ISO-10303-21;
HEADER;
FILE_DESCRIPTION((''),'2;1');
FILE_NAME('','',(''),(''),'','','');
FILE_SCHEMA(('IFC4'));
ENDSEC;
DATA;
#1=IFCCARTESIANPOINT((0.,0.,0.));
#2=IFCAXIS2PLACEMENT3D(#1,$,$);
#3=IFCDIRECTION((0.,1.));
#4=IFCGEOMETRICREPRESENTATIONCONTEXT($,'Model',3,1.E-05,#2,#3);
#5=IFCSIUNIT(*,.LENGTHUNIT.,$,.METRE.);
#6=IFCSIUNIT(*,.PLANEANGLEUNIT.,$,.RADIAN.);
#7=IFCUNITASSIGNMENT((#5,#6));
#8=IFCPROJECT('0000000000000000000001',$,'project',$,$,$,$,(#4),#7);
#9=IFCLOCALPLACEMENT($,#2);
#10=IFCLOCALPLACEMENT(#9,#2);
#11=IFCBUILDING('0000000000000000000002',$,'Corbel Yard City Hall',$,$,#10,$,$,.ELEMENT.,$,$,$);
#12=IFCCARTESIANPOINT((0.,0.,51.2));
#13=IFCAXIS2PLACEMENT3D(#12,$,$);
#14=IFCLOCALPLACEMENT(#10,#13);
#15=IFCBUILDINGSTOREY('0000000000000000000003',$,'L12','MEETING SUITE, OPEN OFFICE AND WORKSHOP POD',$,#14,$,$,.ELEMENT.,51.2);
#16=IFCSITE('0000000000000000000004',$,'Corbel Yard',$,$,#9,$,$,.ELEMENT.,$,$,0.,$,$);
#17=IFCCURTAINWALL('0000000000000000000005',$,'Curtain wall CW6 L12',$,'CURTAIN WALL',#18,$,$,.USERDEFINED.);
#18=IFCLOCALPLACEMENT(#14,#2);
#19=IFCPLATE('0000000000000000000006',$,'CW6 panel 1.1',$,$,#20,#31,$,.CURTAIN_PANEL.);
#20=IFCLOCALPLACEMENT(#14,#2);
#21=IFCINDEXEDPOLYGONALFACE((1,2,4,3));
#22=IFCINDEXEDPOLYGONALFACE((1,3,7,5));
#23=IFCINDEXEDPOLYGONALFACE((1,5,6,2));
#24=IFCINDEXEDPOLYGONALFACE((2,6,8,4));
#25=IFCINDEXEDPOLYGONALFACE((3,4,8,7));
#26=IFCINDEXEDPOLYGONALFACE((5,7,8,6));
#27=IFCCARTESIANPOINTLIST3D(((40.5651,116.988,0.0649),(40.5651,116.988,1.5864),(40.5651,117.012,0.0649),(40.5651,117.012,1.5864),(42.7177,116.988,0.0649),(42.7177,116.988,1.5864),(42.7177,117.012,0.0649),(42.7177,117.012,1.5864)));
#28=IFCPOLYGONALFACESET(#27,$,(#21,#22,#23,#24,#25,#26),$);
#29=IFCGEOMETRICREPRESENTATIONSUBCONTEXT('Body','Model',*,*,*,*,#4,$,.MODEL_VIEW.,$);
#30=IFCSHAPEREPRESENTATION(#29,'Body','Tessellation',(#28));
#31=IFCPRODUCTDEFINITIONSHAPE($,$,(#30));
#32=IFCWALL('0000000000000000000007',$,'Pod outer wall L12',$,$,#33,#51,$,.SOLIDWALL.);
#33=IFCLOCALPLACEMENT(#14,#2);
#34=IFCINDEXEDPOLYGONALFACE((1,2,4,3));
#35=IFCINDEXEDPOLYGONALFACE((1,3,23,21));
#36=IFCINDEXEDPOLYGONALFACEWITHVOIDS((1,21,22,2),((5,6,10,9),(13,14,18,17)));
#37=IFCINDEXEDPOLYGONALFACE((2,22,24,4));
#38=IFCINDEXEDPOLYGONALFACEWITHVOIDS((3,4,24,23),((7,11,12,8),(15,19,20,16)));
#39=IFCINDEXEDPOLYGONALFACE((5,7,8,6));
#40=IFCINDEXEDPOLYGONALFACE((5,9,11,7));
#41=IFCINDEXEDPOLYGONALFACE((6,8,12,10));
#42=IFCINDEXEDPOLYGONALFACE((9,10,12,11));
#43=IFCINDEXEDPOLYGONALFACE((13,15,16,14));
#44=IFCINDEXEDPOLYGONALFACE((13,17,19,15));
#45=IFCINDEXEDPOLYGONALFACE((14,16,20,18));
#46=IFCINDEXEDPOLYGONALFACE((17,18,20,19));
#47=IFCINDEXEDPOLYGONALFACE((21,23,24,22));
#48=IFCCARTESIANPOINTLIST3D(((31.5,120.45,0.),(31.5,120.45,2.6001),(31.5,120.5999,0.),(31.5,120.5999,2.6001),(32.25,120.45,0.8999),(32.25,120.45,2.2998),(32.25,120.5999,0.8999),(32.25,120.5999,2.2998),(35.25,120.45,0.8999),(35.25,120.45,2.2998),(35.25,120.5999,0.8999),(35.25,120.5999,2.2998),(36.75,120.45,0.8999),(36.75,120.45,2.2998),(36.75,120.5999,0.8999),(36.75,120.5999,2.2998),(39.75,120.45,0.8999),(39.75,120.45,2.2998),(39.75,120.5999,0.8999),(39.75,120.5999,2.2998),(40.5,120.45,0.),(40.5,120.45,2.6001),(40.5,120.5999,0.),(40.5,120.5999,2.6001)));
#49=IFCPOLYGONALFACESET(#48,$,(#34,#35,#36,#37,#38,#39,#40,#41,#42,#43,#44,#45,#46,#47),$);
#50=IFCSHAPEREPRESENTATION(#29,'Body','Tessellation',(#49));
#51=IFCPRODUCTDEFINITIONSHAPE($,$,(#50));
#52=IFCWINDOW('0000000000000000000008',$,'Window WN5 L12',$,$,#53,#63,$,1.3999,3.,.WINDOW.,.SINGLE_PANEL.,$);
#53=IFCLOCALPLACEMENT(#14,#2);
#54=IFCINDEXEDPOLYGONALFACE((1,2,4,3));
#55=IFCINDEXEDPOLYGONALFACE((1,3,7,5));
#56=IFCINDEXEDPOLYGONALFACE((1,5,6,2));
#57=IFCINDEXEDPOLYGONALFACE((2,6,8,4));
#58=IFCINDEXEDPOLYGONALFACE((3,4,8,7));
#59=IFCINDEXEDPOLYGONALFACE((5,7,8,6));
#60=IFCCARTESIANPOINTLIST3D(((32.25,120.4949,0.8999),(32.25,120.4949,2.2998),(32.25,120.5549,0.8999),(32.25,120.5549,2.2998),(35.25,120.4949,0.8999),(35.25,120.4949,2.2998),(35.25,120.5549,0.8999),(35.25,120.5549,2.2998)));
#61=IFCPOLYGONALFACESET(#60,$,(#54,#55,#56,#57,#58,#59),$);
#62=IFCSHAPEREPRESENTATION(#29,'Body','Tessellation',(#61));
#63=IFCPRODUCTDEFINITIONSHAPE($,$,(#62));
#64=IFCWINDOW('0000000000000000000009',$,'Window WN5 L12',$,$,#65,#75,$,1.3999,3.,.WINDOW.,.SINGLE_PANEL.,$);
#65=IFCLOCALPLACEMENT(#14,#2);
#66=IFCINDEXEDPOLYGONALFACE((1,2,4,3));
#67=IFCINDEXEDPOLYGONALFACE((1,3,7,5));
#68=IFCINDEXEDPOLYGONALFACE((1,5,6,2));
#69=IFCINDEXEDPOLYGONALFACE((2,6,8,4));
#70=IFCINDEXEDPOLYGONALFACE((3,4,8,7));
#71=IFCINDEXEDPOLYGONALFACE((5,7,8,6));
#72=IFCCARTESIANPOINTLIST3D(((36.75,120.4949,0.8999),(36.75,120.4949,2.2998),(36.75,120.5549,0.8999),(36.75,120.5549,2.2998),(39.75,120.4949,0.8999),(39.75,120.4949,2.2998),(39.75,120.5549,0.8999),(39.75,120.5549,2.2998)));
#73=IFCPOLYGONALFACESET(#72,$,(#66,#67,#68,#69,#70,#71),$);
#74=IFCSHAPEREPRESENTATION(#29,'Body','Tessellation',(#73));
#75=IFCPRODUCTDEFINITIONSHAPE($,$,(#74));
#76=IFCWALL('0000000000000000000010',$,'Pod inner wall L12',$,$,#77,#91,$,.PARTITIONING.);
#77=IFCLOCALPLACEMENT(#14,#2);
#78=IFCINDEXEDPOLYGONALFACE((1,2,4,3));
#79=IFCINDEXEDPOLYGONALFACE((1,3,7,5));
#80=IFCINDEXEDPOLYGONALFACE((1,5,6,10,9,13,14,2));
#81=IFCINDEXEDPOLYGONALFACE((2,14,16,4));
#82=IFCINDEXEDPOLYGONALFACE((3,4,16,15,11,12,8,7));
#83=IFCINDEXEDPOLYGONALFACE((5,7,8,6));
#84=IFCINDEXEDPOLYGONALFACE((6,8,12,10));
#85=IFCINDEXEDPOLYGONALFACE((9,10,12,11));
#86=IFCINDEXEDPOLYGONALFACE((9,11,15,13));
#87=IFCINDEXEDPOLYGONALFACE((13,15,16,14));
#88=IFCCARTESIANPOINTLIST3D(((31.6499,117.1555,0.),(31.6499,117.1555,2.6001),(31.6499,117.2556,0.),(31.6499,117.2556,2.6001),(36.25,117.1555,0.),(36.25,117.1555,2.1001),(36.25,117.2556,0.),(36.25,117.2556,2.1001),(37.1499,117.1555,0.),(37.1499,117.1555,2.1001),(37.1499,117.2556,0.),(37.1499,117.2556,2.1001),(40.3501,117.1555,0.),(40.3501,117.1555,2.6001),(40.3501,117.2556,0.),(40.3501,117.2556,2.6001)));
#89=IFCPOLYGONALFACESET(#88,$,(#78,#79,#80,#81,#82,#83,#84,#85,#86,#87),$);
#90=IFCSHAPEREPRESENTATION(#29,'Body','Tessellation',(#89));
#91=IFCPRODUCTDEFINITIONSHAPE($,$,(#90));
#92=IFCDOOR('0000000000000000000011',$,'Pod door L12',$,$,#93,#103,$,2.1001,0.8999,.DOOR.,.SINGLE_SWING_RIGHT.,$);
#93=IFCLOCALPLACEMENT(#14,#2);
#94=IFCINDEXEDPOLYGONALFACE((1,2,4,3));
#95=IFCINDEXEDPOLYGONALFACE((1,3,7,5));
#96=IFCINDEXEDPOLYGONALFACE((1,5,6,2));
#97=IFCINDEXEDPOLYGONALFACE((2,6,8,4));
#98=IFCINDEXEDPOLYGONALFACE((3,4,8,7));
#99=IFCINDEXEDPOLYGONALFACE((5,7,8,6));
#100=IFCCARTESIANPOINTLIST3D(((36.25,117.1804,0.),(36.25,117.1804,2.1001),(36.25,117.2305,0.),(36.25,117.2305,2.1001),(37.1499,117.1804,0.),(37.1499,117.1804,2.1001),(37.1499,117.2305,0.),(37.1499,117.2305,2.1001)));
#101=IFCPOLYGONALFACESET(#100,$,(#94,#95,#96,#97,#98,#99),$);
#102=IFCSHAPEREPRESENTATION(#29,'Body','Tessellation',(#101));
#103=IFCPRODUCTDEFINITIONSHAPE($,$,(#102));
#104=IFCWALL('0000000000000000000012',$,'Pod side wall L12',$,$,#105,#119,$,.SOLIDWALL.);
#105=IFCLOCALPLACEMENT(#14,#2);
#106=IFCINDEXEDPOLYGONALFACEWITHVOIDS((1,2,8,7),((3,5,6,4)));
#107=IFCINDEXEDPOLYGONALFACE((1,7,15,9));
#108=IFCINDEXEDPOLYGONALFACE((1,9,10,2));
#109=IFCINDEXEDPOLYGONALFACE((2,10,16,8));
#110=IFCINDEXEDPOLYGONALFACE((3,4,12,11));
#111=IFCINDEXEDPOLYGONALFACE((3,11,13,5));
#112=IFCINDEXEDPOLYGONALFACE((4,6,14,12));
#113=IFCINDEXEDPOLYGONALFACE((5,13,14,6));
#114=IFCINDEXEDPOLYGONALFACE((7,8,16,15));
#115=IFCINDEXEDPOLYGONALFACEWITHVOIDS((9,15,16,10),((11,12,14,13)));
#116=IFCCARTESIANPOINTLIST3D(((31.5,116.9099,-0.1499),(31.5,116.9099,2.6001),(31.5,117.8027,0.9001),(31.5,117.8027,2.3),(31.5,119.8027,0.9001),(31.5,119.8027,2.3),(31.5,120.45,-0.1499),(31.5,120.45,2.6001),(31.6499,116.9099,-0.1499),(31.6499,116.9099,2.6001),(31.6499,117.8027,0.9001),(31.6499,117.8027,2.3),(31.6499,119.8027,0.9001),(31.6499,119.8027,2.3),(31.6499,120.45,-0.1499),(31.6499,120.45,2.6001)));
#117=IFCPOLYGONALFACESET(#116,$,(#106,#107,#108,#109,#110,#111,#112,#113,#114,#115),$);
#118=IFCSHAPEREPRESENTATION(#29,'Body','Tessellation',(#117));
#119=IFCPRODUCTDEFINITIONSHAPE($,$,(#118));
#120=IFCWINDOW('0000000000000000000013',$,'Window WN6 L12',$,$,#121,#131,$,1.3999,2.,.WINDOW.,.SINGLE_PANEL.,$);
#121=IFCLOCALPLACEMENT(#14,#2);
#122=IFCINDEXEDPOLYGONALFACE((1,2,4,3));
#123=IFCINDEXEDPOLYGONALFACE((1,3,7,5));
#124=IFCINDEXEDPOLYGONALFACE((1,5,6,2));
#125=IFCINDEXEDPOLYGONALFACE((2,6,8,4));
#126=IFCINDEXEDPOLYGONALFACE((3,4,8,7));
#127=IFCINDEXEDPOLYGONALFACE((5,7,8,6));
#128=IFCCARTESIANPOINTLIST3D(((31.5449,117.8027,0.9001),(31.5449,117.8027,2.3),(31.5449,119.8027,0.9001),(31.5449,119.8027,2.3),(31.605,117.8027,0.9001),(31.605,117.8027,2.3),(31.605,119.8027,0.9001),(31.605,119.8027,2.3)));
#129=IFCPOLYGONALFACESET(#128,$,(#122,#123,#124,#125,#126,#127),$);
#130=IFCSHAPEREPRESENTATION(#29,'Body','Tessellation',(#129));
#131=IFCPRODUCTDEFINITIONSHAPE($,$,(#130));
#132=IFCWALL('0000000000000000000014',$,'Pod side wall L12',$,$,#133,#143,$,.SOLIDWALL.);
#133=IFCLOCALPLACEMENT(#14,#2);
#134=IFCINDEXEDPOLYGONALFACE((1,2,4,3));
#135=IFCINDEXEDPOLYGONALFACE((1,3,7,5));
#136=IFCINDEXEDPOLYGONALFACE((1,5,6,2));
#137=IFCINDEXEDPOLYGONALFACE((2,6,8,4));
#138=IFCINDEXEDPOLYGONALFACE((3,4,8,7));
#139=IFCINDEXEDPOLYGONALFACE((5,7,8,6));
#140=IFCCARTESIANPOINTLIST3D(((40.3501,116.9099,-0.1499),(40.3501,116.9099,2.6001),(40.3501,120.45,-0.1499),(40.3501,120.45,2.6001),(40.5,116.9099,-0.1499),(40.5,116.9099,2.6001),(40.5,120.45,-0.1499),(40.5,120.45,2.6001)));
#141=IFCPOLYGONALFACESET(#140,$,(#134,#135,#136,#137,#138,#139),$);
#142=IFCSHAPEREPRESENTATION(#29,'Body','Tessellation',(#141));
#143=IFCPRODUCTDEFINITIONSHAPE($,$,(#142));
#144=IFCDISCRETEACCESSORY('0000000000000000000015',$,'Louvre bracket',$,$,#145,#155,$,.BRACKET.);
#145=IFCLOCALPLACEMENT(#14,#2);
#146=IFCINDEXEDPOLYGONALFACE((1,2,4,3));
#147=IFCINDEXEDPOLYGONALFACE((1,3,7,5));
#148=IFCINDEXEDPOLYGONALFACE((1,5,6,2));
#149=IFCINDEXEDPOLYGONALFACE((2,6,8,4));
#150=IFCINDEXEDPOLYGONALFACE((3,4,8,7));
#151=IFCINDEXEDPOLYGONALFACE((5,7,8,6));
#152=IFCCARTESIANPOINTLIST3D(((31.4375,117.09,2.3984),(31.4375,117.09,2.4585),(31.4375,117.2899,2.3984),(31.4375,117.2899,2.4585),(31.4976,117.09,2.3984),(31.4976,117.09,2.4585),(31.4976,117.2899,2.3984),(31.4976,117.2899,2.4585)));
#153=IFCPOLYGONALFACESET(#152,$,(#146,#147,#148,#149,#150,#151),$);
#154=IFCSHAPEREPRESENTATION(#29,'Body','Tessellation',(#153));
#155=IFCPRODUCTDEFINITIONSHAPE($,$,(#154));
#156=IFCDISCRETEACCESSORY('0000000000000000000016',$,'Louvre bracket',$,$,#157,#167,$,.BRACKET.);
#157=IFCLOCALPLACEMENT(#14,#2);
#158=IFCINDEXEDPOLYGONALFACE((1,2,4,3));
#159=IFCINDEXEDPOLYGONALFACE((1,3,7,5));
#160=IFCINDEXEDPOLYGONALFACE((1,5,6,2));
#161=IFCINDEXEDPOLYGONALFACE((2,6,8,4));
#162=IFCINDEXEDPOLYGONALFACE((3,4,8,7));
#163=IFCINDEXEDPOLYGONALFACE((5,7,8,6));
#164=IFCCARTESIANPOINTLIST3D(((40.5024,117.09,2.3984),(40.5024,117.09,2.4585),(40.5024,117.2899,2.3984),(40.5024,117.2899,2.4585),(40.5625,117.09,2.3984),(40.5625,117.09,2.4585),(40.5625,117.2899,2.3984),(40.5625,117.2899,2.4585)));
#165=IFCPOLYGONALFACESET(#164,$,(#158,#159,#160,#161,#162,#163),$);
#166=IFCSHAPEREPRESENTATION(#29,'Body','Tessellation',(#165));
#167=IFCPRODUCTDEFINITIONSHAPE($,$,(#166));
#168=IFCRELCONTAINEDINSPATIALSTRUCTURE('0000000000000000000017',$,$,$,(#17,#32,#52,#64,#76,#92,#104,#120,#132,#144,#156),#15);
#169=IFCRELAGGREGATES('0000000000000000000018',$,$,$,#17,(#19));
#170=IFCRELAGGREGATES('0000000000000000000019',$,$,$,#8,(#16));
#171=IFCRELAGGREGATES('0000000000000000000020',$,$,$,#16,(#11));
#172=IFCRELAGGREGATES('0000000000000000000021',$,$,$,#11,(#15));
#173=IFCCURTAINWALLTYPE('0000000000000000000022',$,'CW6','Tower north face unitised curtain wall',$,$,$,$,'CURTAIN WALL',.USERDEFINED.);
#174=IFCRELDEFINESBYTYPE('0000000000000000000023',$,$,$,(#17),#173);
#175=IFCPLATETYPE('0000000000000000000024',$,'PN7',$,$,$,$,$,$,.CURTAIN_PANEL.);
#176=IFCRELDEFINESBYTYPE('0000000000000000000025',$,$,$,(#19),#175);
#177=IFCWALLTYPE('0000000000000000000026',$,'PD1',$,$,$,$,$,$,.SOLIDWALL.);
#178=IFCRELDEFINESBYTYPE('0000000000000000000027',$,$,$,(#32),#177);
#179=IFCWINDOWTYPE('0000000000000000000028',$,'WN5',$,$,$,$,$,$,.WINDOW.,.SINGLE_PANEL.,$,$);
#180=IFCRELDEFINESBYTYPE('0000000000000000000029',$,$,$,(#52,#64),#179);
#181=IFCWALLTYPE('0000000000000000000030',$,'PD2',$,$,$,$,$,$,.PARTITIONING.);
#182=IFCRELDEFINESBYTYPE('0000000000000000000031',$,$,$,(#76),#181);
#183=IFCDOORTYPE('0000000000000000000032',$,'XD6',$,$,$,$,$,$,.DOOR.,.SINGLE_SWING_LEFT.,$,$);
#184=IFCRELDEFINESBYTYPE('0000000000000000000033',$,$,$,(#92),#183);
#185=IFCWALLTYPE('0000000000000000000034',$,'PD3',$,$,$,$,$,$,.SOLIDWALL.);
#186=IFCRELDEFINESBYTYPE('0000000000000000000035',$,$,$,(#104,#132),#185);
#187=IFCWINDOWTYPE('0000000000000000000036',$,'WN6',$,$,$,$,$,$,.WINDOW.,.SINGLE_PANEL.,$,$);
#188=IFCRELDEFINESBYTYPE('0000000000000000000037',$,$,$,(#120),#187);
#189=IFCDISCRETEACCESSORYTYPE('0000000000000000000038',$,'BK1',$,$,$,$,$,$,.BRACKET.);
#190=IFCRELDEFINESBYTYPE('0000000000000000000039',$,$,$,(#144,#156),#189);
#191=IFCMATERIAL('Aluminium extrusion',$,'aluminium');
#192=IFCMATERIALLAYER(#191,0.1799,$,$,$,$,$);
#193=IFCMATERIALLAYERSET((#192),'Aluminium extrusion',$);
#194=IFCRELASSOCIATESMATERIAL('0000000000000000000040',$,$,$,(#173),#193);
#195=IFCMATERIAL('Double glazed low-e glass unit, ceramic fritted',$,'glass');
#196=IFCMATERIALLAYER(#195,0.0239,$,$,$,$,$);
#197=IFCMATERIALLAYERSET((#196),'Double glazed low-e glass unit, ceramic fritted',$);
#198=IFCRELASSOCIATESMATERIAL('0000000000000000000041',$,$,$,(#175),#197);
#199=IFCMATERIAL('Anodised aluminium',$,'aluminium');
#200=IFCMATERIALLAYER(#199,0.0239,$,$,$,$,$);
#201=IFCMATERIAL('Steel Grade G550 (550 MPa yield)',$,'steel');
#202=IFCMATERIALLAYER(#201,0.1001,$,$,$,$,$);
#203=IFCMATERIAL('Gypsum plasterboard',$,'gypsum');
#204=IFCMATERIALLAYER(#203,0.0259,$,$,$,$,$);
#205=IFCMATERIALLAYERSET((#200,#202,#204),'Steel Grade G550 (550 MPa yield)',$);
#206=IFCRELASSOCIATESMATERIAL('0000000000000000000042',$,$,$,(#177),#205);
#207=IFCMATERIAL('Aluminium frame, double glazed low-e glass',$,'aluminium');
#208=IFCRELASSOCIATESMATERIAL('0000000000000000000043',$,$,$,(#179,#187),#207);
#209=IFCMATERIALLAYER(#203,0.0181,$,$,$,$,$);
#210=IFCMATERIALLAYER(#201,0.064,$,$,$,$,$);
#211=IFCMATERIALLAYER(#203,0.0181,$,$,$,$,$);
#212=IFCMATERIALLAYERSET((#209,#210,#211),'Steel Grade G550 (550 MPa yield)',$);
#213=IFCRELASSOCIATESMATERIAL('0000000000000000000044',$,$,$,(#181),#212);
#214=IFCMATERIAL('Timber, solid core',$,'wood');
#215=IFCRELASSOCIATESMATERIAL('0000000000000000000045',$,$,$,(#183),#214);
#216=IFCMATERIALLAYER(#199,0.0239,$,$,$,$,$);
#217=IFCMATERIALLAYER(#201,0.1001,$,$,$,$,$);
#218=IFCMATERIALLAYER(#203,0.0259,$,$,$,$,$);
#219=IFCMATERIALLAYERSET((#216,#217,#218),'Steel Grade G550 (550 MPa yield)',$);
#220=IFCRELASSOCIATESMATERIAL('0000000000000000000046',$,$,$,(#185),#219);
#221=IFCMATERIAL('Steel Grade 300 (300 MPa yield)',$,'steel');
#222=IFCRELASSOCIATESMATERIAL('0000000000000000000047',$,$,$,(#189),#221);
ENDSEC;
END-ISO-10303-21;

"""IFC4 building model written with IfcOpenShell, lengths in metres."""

from ifc_helpers import new_model, si_unit, direction, frame, frame_2d, origin, origin_2d, place, context, subcontext, project, spatial, rectangle, extrude, material, layer, layer_set, type_object, element, fill, aggregate, save


model = new_model("IFC4")

# Units and contexts
model_context = context("Model", 3, precision=1e-05, world=origin(), true_north=direction((0.0, 1.0)))
body_context = subcontext(model_context, "Body", "Model", "MODEL_VIEW")
ifc_project = project(units=[si_unit("LENGTHUNIT", "METRE"), si_unit("PLANEANGLEUNIT", "RADIAN")], contexts=[model_context])

# Site, building, storey
site_placement = place(None, origin())
site = spatial("IfcSite", under=ifc_project, at=site_placement, Name="Corbel Yard", CompositionType="ELEMENT", RefElevation=0.0)
building_placement = place(site_placement, origin())
building = spatial("IfcBuilding", under=site, at=building_placement, Name="Corbel Yard City Hall", CompositionType="ELEMENT")
storey_placement = place(building_placement, frame((0.0, 0.0, 51.2)))
storey = spatial("IfcBuildingStorey", under=building, at=storey_placement, Name="L12", Description="MEETING SUITE, OPEN OFFICE AND WORKSHOP POD", CompositionType="ELEMENT", Elevation=51.2)

# Curtain wall
ifc_material_1 = material(Name="Aluminium extrusion", Category="aluminium")
ifc_layer_1 = layer(ifc_material_1, 0.1799)
ifc_layer_set_1 = layer_set([ifc_layer_1], Name="Aluminium extrusion")
curtain_wall_type = type_object("IfcCurtainWallType", Name="CW6", Description="Tower north face unitised curtain wall", ElementType="CURTAIN WALL", PredefinedType="USERDEFINED", material=ifc_layer_set_1)
curtain_wall_placement = place(storey_placement, origin())
curtain_wall = element("IfcCurtainWall", 1, at=curtain_wall_placement, inside=storey, type_object=curtain_wall_type, Name="Curtain wall CW6 L12", ObjectType="CURTAIN WALL", PredefinedType="USERDEFINED")

# Shared definitions
ifc_material_2 = material(Name="Steel Grade 300 (300 MPa yield)", Category="steel")

# Plate
ifc_material_3 = material(Name="Double glazed low-e glass unit, ceramic fritted", Category="glass")
ifc_layer_2 = layer(ifc_material_3, 0.0239)
ifc_layer_set_2 = layer_set([ifc_layer_2], Name="Double glazed low-e glass unit, ceramic fritted")
plate_type = type_object("IfcPlateType", Name="PN7", PredefinedType="CURTAIN_PANEL", material=ifc_layer_set_2)
plate_placement = place(storey_placement, frame((41.6414, 117.0, 0.0649), z_axis=(0.0, 0.0, 1.0), x_axis=(1.0, 0.0, 0.0)))
plate = element("IfcPlate", 2, at=plate_placement, type_object=plate_type, Name="CW6 panel 1.1", PredefinedType="CURTAIN_PANEL", context=body_context, shape_type="SweptSolid", body=[
    extrude(rectangle(XDim=2.1526, YDim=0.0239, at=origin_2d()), origin(), (0.0, 0.0, 1.0), 1.5215),
])
aggregate(curtain_wall, [plate])

# Wall, openings, windows
ifc_material_4 = material(Name="Anodised aluminium", Category="aluminium")
ifc_layer_3 = layer(ifc_material_4, 0.0239)
ifc_material_5 = material(Name="Steel Grade G550 (550 MPa yield)", Category="steel")
ifc_layer_4 = layer(ifc_material_5, 0.1001)
ifc_material_6 = material(Name="Gypsum plasterboard", Category="gypsum")
ifc_layer_5 = layer(ifc_material_6, 0.0259)
ifc_layer_set_3 = layer_set([ifc_layer_3, ifc_layer_4, ifc_layer_5], Name="Steel Grade G550 (550 MPa yield)")
wall_type_1 = type_object("IfcWallType", Name="PD1", PredefinedType="SOLIDWALL", material=ifc_layer_set_3)
wall_1_placement = place(storey_placement, frame((31.5, 120.5249, 0.0), z_axis=(0.0, 0.0, 1.0), x_axis=(1.0, 0.0, 0.0)))
wall_1 = element("IfcWall", 3, at=wall_1_placement, inside=storey, type_object=wall_type_1, Name="Pod outer wall L12", PredefinedType="SOLIDWALL", context=body_context, shape_type="SweptSolid", body=[
    extrude(rectangle(XDim=9.0, YDim=0.1499, at=frame_2d((4.5, 0.0))), origin(), (0.0, 0.0, 1.0), 2.6001),
])
opening_1_placement = place(wall_1_placement, frame((0.75, 0.0, 0.8999)))
opening_1 = element("IfcOpeningElement", 4, at=opening_1_placement, cuts=wall_1, PredefinedType="OPENING", context=body_context, shape_type="SweptSolid", body=[
    extrude(rectangle(XDim=3.0, YDim=1.3999, at=frame_2d((1.5, 0.7))), frame((0.0, 0.085, 0.0), z_axis=(0.0, -1.0, 0.0), x_axis=(1.0, 0.0, 0.0)), (0.0, 0.0, 1.0), 0.1699),
])
opening_2_placement = place(wall_1_placement, frame((5.25, 0.0, 0.8999)))
opening_2 = element("IfcOpeningElement", 5, at=opening_2_placement, cuts=wall_1, PredefinedType="OPENING", context=body_context, shape_type="SweptSolid", body=[
    extrude(rectangle(XDim=3.0, YDim=1.3999, at=frame_2d((1.5, 0.7))), frame((0.0, 0.085, 0.0), z_axis=(0.0, -1.0, 0.0), x_axis=(1.0, 0.0, 0.0)), (0.0, 0.0, 1.0), 0.1699),
])
ifc_material_7 = material(Name="Aluminium frame, double glazed low-e glass", Category="aluminium")
window_type_1 = type_object("IfcWindowType", Name="WN5", PartitioningType="SINGLE_PANEL", PredefinedType="WINDOW", material=ifc_material_7)
window_1_placement = place(opening_1_placement, origin())
window_1 = element("IfcWindow", 6, at=window_1_placement, inside=storey, type_object=window_type_1, Name="Window WN5 L12", OverallHeight=1.3999, OverallWidth=3.0, PartitioningType="SINGLE_PANEL", PredefinedType="WINDOW", context=body_context, shape_type="SweptSolid", body=[
    extrude(rectangle(XDim=3.0, YDim=1.3999, at=frame_2d((1.5, 0.7))), frame((0.0, 0.03, 0.0), z_axis=(0.0, -1.0, 0.0), x_axis=(1.0, 0.0, 0.0)), (0.0, 0.0, 1.0), 0.0601),
])
fill(opening_1, window_1)
window_2_placement = place(opening_2_placement, origin())
window_2 = element("IfcWindow", 7, at=window_2_placement, inside=storey, type_object=window_type_1, Name="Window WN5 L12", OverallHeight=1.3999, OverallWidth=3.0, PartitioningType="SINGLE_PANEL", PredefinedType="WINDOW", context=body_context, shape_type="SweptSolid", body=[
    extrude(rectangle(XDim=3.0, YDim=1.3999, at=frame_2d((1.5, 0.7))), frame((0.0, 0.03, 0.0), z_axis=(0.0, -1.0, 0.0), x_axis=(1.0, 0.0, 0.0)), (0.0, 0.0, 1.0), 0.0601),
])
fill(opening_2, window_2)

# Wall, opening, door
ifc_layer_6 = layer(ifc_material_6, 0.0181)
ifc_layer_7 = layer(ifc_material_5, 0.064)
ifc_layer_8 = layer(ifc_material_6, 0.0181)
ifc_layer_set_4 = layer_set([ifc_layer_6, ifc_layer_7, ifc_layer_8], Name="Steel Grade G550 (550 MPa yield)")
wall_type_2 = type_object("IfcWallType", Name="PD2", PredefinedType="PARTITIONING", material=ifc_layer_set_4)
wall_2_placement = place(storey_placement, frame((31.6499, 117.2056, 0.0), z_axis=(0.0, 0.0, 1.0), x_axis=(1.0, 0.0, 0.0)))
wall_2 = element("IfcWall", 8, at=wall_2_placement, inside=storey, type_object=wall_type_2, Name="Pod inner wall L12", PredefinedType="PARTITIONING", context=body_context, shape_type="SweptSolid", body=[
    extrude(rectangle(XDim=8.7002, YDim=0.1001, at=frame_2d((4.3501, 0.0))), origin(), (0.0, 0.0, 1.0), 2.6001),
])
opening_3_placement = place(wall_2_placement, frame((4.6001, 0.0, 0.0)))
opening_3 = element("IfcOpeningElement", 9, at=opening_3_placement, cuts=wall_2, PredefinedType="OPENING", context=body_context, shape_type="SweptSolid", body=[
    extrude(rectangle(XDim=0.8999, YDim=2.1001, at=frame_2d((0.45, 1.05))), frame((0.0, 0.0601, 0.0), z_axis=(0.0, -1.0, 0.0), x_axis=(1.0, 0.0, 0.0)), (0.0, 0.0, 1.0), 0.1201),
])
ifc_material_8 = material(Name="Timber, solid core", Category="wood")
door_type = type_object("IfcDoorType", Name="XD6", OperationType="SINGLE_SWING_LEFT", PredefinedType="DOOR", material=ifc_material_8)
door_placement = place(opening_3_placement, origin())
door = element("IfcDoor", 10, at=door_placement, inside=storey, type_object=door_type, Name="Pod door L12", OperationType="SINGLE_SWING_RIGHT", OverallHeight=2.1001, OverallWidth=0.8999, PredefinedType="DOOR", context=body_context, shape_type="SweptSolid", body=[
    extrude(rectangle(XDim=0.8999, YDim=2.1001, at=frame_2d((0.45, 1.05))), frame((0.0, 0.0249, 0.0), z_axis=(0.0, -1.0, 0.0), x_axis=(1.0, 0.0, 0.0)), (0.0, 0.0, 1.0), 0.05),
])
fill(opening_3, door)

# Wall, opening, window
ifc_layer_9 = layer(ifc_material_4, 0.0239)
ifc_layer_10 = layer(ifc_material_5, 0.1001)
ifc_layer_11 = layer(ifc_material_6, 0.0259)
ifc_layer_set_5 = layer_set([ifc_layer_9, ifc_layer_10, ifc_layer_11], Name="Steel Grade G550 (550 MPa yield)")
wall_type_3 = type_object("IfcWallType", Name="PD3", PredefinedType="SOLIDWALL", material=ifc_layer_set_5)
wall_3_placement = place(storey_placement, frame((31.575, 120.45, -0.1499), z_axis=(0.0, 0.0, 1.0), x_axis=(0.0, -1.0, 0.0)))
wall_3 = element("IfcWall", 11, at=wall_3_placement, inside=storey, type_object=wall_type_3, Name="Pod side wall L12", PredefinedType="SOLIDWALL", context=body_context, shape_type="SweptSolid", body=[
    extrude(rectangle(XDim=3.54, YDim=0.1499, at=frame_2d((1.77, 0.0))), origin(), (0.0, 0.0, 1.0), 2.75),
])
opening_4_placement = place(wall_3_placement, frame((0.6472, 0.0, 1.05)))
opening_4 = element("IfcOpeningElement", 12, at=opening_4_placement, cuts=wall_3, PredefinedType="OPENING", context=body_context, shape_type="SweptSolid", body=[
    extrude(rectangle(XDim=2.0, YDim=1.3999, at=frame_2d((1.0, 0.7))), frame((0.0, 0.085, 0.0), z_axis=(0.0, -1.0, 0.0), x_axis=(1.0, 0.0, 0.0)), (0.0, 0.0, 1.0), 0.1699),
])
window_type_2 = type_object("IfcWindowType", Name="WN6", PartitioningType="SINGLE_PANEL", PredefinedType="WINDOW", material=ifc_material_7)
window_3_placement = place(opening_4_placement, origin())
window_3 = element("IfcWindow", 13, at=window_3_placement, inside=storey, type_object=window_type_2, Name="Window WN6 L12", OverallHeight=1.3999, OverallWidth=2.0, PartitioningType="SINGLE_PANEL", PredefinedType="WINDOW", context=body_context, shape_type="SweptSolid", body=[
    extrude(rectangle(XDim=2.0, YDim=1.3999, at=frame_2d((1.0, 0.7))), frame((0.0, 0.03, 0.0), z_axis=(0.0, -1.0, 0.0), x_axis=(1.0, 0.0, 0.0)), (0.0, 0.0, 1.0), 0.0601),
])
fill(opening_4, window_3)

# Wall
wall_4_placement = place(storey_placement, frame((40.425, 120.45, -0.1499), z_axis=(0.0, 0.0, 1.0), x_axis=(0.0, -1.0, 0.0)))
element("IfcWall", 14, at=wall_4_placement, inside=storey, type_object=wall_type_3, Name="Pod side wall L12", PredefinedType="SOLIDWALL", context=body_context, shape_type="SweptSolid", body=[
    extrude(rectangle(XDim=3.54, YDim=0.1499, at=frame_2d((1.77, 0.0))), origin(), (0.0, 0.0, 1.0), 2.75),
])

# Discrete accessories
discrete_accessory_type = type_object("IfcDiscreteAccessoryType", Name="BK1", PredefinedType="BRACKET", material=ifc_material_2)
for number, where, z_axis, x_axis, name in (
    (15, (31.4675, 117.1899, 2.3984), (0.0, 0.0, 1.0), (1.0, 0.0, 0.0), "Louvre bracket"),
    (16, (40.5325, 117.1899, 2.3984), (0.0, 0.0, 1.0), (1.0, 0.0, 0.0), "Louvre bracket"),
):
    element("IfcDiscreteAccessory", number, at=place(storey_placement, frame(where, z_axis=z_axis, x_axis=x_axis)), inside=storey, type_object=discrete_accessory_type, Name=name, PredefinedType="BRACKET", context=body_context, shape_type="SweptSolid", body=[
        extrude(rectangle(XDim=0.0601, YDim=0.2, at=origin_2d()), origin(), (0.0, 0.0, 1.0), 0.0601),
    ])

save(model, "model.ifc")
